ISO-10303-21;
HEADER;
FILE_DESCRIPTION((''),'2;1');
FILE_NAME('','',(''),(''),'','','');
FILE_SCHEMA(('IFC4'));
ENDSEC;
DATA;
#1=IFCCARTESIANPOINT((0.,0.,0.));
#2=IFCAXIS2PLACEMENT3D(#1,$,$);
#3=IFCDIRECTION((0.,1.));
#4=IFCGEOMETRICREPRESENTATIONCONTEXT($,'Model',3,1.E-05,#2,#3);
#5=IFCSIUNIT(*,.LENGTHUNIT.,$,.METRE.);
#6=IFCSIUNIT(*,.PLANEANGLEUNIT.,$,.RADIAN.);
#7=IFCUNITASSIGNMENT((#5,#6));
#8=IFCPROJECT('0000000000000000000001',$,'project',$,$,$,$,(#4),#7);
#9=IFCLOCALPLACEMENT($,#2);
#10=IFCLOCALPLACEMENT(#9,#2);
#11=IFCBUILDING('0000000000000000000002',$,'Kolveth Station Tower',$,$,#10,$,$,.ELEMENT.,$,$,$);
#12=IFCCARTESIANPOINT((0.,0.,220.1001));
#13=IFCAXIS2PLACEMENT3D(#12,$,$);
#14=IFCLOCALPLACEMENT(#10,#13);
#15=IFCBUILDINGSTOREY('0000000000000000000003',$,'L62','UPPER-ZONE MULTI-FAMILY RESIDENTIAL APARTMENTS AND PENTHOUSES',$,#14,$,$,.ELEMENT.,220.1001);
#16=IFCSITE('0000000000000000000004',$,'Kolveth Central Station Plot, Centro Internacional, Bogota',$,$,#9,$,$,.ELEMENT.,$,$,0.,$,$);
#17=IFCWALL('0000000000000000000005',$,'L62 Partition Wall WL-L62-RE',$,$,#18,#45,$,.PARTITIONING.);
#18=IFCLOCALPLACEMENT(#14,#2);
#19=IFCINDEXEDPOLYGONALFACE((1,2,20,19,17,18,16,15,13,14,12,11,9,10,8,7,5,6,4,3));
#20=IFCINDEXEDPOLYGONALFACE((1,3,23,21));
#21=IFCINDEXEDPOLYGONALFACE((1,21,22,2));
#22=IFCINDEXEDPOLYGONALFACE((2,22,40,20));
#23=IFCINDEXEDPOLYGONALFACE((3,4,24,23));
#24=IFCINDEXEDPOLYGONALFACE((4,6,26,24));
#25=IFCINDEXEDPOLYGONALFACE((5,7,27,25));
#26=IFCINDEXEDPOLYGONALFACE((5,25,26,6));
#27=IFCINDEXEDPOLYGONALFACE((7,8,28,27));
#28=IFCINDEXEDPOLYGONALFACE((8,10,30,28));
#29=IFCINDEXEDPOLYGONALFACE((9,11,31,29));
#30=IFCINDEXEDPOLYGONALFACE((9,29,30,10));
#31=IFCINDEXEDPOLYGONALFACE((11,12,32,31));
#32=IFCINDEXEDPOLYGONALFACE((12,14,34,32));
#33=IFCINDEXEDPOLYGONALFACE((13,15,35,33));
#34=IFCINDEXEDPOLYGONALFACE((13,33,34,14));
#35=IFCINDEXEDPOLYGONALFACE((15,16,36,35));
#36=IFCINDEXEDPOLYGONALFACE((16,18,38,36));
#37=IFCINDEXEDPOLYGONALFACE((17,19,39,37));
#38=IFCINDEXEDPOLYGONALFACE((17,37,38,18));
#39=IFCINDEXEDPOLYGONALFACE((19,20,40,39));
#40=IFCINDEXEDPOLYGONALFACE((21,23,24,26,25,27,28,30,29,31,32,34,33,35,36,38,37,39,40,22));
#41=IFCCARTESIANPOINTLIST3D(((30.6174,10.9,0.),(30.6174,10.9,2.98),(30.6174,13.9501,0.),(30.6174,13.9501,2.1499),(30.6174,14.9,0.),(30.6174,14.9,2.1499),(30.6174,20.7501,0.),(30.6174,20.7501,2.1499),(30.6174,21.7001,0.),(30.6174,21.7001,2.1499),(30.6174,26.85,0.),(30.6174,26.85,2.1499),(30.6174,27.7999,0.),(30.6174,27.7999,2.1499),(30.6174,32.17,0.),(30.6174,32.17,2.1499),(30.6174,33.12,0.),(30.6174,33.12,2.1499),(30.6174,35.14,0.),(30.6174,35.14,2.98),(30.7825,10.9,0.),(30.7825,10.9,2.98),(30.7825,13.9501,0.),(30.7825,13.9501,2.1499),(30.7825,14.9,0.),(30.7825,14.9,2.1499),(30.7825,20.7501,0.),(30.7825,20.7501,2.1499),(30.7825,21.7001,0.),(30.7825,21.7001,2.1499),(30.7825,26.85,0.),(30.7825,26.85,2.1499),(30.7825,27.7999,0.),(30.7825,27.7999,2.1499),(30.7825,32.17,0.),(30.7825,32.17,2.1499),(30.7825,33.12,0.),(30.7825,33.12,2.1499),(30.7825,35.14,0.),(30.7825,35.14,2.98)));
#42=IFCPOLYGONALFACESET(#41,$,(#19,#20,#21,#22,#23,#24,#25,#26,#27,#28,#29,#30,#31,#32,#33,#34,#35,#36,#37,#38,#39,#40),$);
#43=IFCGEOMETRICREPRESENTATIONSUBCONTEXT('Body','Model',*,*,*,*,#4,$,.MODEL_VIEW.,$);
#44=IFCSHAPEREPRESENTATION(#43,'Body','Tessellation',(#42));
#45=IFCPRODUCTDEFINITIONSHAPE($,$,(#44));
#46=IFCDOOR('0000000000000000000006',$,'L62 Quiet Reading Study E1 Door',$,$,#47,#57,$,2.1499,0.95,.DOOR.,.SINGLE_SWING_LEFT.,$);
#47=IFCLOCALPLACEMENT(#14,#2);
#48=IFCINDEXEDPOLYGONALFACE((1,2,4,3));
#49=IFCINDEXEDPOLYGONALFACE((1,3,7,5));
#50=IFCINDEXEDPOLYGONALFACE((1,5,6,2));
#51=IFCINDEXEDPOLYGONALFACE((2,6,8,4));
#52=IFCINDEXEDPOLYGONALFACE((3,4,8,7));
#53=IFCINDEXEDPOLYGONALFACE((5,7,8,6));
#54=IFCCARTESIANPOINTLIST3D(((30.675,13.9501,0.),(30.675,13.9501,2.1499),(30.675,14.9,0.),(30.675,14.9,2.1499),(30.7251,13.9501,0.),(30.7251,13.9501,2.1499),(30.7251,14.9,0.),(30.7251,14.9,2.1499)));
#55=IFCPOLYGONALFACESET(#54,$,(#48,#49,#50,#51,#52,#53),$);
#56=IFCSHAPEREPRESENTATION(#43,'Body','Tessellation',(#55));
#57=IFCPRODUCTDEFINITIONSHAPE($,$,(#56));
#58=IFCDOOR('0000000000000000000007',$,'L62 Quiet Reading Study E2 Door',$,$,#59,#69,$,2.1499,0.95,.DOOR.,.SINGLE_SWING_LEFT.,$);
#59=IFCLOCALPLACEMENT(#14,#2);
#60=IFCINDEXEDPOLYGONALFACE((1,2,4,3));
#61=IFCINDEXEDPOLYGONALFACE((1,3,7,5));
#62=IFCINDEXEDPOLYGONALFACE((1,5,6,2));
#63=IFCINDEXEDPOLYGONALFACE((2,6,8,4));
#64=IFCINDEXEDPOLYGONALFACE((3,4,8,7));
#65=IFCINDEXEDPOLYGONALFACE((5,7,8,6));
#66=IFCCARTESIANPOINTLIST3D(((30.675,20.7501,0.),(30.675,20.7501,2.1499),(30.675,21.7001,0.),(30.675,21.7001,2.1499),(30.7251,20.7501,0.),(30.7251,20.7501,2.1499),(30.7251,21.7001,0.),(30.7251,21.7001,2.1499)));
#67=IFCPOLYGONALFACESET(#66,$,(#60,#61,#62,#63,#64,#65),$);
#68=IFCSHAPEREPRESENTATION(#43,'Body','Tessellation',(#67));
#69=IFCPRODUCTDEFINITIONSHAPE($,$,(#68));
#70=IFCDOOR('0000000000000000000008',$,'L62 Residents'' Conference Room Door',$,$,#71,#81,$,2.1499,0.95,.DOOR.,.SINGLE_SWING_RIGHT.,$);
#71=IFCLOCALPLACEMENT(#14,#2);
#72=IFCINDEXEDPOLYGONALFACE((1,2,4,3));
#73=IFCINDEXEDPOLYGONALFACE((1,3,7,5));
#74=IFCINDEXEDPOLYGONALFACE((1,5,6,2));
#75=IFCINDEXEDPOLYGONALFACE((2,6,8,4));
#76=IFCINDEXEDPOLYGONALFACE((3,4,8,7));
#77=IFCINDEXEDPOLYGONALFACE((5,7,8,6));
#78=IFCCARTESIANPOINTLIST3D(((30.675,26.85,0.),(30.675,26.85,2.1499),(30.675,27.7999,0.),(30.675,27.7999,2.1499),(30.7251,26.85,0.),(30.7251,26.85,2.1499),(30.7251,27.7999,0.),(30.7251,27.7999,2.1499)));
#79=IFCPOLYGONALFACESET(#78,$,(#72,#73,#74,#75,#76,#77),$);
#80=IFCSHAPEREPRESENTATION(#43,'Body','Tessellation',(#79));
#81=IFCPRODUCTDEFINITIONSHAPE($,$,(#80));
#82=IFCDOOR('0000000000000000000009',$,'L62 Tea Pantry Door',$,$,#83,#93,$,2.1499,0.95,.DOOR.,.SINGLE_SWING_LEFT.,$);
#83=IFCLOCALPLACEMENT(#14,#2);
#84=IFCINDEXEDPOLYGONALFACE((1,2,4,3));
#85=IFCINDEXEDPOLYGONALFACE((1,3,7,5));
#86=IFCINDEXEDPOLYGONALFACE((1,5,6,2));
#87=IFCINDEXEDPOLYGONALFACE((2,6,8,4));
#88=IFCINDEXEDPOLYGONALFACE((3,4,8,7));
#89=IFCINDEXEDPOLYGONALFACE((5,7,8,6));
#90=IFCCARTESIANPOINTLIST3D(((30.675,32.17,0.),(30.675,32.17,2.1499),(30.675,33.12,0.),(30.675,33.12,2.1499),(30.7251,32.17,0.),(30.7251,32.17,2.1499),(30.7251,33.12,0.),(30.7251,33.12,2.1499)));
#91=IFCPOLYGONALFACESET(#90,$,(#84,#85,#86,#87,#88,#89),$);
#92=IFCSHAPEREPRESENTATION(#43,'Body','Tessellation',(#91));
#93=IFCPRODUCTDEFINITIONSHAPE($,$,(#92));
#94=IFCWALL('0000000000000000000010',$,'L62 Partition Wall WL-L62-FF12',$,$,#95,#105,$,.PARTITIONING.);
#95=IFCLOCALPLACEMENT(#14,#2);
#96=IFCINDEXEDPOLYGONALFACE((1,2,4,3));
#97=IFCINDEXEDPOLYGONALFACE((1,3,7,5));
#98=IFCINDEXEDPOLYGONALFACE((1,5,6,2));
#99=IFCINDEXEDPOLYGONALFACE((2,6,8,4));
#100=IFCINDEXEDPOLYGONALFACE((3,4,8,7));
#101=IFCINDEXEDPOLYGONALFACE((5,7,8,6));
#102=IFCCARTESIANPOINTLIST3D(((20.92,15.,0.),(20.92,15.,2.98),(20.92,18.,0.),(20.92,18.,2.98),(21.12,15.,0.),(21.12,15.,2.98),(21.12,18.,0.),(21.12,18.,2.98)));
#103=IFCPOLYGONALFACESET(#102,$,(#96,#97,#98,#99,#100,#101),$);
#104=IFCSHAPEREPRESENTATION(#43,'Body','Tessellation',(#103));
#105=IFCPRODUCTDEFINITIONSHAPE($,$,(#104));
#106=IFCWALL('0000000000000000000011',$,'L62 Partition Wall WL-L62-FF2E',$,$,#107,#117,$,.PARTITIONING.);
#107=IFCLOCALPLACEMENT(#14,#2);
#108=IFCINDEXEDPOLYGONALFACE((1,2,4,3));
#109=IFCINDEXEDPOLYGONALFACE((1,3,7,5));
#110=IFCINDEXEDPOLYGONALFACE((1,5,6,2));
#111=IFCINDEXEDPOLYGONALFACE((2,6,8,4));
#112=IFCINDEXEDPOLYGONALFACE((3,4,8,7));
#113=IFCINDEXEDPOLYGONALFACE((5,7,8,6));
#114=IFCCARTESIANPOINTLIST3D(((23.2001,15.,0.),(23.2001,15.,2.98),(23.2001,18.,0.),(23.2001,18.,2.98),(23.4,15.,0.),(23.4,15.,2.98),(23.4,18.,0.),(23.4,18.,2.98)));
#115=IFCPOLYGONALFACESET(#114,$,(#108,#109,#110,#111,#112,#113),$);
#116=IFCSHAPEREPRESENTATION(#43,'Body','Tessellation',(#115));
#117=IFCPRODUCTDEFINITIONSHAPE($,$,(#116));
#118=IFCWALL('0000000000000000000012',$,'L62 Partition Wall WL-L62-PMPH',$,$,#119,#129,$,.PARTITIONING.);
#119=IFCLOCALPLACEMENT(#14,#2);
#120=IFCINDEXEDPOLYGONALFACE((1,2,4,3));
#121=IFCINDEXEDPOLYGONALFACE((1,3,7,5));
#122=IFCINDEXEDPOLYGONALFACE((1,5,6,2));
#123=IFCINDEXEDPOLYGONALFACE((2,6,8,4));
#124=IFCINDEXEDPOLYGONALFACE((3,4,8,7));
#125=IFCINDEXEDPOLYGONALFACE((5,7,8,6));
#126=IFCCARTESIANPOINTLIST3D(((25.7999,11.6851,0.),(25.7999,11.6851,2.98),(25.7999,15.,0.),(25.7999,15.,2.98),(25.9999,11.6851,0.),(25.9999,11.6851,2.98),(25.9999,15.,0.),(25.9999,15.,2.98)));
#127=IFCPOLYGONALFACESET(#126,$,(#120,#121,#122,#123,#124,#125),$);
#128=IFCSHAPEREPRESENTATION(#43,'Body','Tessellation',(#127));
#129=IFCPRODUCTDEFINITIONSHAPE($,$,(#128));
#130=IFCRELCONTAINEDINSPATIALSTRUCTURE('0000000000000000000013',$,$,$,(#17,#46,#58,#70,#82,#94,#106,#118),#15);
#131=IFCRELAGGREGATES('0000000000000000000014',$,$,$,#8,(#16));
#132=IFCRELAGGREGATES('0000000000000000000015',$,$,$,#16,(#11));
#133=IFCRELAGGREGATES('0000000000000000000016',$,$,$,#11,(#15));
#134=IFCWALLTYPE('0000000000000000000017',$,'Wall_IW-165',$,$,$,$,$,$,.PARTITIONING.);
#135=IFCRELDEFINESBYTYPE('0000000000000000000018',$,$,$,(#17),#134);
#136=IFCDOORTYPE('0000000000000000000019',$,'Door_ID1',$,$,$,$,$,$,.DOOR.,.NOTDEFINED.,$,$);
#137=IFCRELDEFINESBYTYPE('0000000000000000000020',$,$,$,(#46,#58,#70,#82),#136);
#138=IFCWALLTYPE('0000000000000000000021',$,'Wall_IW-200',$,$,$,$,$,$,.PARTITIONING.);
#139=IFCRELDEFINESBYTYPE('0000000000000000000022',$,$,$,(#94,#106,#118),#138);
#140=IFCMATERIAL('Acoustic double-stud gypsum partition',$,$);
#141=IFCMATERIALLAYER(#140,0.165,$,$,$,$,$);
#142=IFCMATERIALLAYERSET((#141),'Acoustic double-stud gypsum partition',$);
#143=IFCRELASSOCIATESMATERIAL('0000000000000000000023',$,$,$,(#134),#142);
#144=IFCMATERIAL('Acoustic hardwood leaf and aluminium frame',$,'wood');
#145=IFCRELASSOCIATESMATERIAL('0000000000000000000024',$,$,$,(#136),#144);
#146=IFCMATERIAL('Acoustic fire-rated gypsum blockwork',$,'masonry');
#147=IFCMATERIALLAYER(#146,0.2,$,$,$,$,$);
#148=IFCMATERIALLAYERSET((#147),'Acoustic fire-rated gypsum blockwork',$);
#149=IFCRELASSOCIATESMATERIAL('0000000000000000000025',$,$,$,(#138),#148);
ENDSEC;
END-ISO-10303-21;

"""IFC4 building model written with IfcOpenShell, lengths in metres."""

from ifc_helpers import new_model, si_unit, direction, frame, frame_2d, origin, place, context, subcontext, project, spatial, rectangle, extrude, material, layer, layer_set, type_object, element, fill, save


model = new_model("IFC4")

# Units and contexts
model_context = context("Model", 3, precision=1e-05, world=origin(), true_north=direction((0.0, 1.0)))
body_context = subcontext(model_context, "Body", "Model", "MODEL_VIEW")
ifc_project = project(units=[si_unit("LENGTHUNIT", "METRE"), si_unit("PLANEANGLEUNIT", "RADIAN")], contexts=[model_context])

# Site, building, storey
site_placement = place(None, origin())
site = spatial("IfcSite", under=ifc_project, at=site_placement, Name="Kolveth Central Station Plot, Centro Internacional, Bogota", CompositionType="ELEMENT", RefElevation=0.0)
building_placement = place(site_placement, origin())
building = spatial("IfcBuilding", under=site, at=building_placement, Name="Kolveth Station Tower", CompositionType="ELEMENT")
storey_placement = place(building_placement, frame((0.0, 0.0, 220.1001)))
storey = spatial("IfcBuildingStorey", under=building, at=storey_placement, Name="L62", Description="UPPER-ZONE MULTI-FAMILY RESIDENTIAL APARTMENTS AND PENTHOUSES", CompositionType="ELEMENT", Elevation=220.1001)

# Shared definitions
ifc_material_1 = material(Name="Acoustic double-stud gypsum partition")
ifc_layer_1 = layer(ifc_material_1, 0.165)
ifc_layer_set_1 = layer_set([ifc_layer_1], Name="Acoustic double-stud gypsum partition")
wall_type_1 = type_object("IfcWallType", Name="Wall_IW-165", PredefinedType="PARTITIONING", material=ifc_layer_set_1)

# Wall, openings, doors
wall_1_placement = place(storey_placement, frame((30.7, 10.8999, 0.0), z_axis=(0.0, 0.0, 1.0), x_axis=(0.0, 1.0, 0.0)))
wall_1 = element("IfcWall", 1, at=wall_1_placement, inside=storey, type_object=wall_type_1, Name="L62 Partition Wall WL-L62-RE", PredefinedType="PARTITIONING", context=body_context, shape_type="SweptSolid", body=[
    extrude(rectangle(XDim=24.24, YDim=0.165, at=frame_2d((12.1201, 0.0))), origin(), (0.0, 0.0, 1.0), 2.98),
])
opening_1_placement = place(wall_1_placement, frame((3.05, 0.0, 0.0)))
opening_1 = element("IfcOpeningElement", 2, at=opening_1_placement, cuts=wall_1, PredefinedType="OPENING", context=body_context, shape_type="SweptSolid", body=[
    extrude(rectangle(XDim=0.95, YDim=2.1499, at=frame_2d((0.4751, 1.075))), frame((0.0, 0.0925, 0.0), z_axis=(0.0, -1.0, 0.0), x_axis=(1.0, 0.0, 0.0)), (0.0, 0.0, 1.0), 0.1851),
])
opening_2_placement = place(wall_1_placement, frame((9.8501, 0.0, 0.0)))
opening_2 = element("IfcOpeningElement", 3, at=opening_2_placement, cuts=wall_1, PredefinedType="OPENING", context=body_context, shape_type="SweptSolid", body=[
    extrude(rectangle(XDim=0.95, YDim=2.1499, at=frame_2d((0.4751, 1.075))), frame((0.0, 0.0925, 0.0), z_axis=(0.0, -1.0, 0.0), x_axis=(1.0, 0.0, 0.0)), (0.0, 0.0, 1.0), 0.1851),
])
opening_3_placement = place(wall_1_placement, frame((15.95, 0.0, 0.0)))
opening_3 = element("IfcOpeningElement", 4, at=opening_3_placement, cuts=wall_1, PredefinedType="OPENING", context=body_context, shape_type="SweptSolid", body=[
    extrude(rectangle(XDim=0.95, YDim=2.1499, at=frame_2d((0.4751, 1.075))), frame((0.0, 0.0925, 0.0), z_axis=(0.0, -1.0, 0.0), x_axis=(1.0, 0.0, 0.0)), (0.0, 0.0, 1.0), 0.1851),
])
opening_4_placement = place(wall_1_placement, frame((21.27, 0.0, 0.0)))
opening_4 = element("IfcOpeningElement", 5, at=opening_4_placement, cuts=wall_1, PredefinedType="OPENING", context=body_context, shape_type="SweptSolid", body=[
    extrude(rectangle(XDim=0.95, YDim=2.1499, at=frame_2d((0.4751, 1.075))), frame((0.0, 0.0925, 0.0), z_axis=(0.0, -1.0, 0.0), x_axis=(1.0, 0.0, 0.0)), (0.0, 0.0, 1.0), 0.1851),
])
ifc_material_2 = material(Name="Acoustic hardwood leaf and aluminium frame", Category="wood")
door_type_1 = type_object("IfcDoorType", Name="Door_ID1", OperationType="NOTDEFINED", PredefinedType="DOOR", material=ifc_material_2)
door_1_placement = place(opening_1_placement, origin())
door_1 = element("IfcDoor", 6, at=door_1_placement, inside=storey, type_object=door_type_1, Name="L62 Quiet Reading Study E1 Door", OperationType="SINGLE_SWING_LEFT", OverallHeight=2.1499, OverallWidth=0.95, PredefinedType="DOOR", context=body_context, shape_type="SweptSolid", body=[
    extrude(rectangle(XDim=0.95, YDim=2.1499, at=frame_2d((0.4751, 1.075))), frame((0.0, 0.0249, 0.0), z_axis=(0.0, -1.0, 0.0), x_axis=(1.0, 0.0, 0.0)), (0.0, 0.0, 1.0), 0.05),
])
fill(opening_1, door_1)
door_2_placement = place(opening_2_placement, origin())
door_2 = element("IfcDoor", 7, at=door_2_placement, inside=storey, type_object=door_type_1, Name="L62 Quiet Reading Study E2 Door", OperationType="SINGLE_SWING_LEFT", OverallHeight=2.1499, OverallWidth=0.95, PredefinedType="DOOR", context=body_context, shape_type="SweptSolid", body=[
    extrude(rectangle(XDim=0.95, YDim=2.1499, at=frame_2d((0.4751, 1.075))), frame((0.0, 0.0249, 0.0), z_axis=(0.0, -1.0, 0.0), x_axis=(1.0, 0.0, 0.0)), (0.0, 0.0, 1.0), 0.05),
])
fill(opening_2, door_2)
door_3_placement = place(opening_3_placement, origin())
door_3 = element("IfcDoor", 8, at=door_3_placement, inside=storey, type_object=door_type_1, Name="L62 Residents' Conference Room Door", OperationType="SINGLE_SWING_RIGHT", OverallHeight=2.1499, OverallWidth=0.95, PredefinedType="DOOR", context=body_context, shape_type="SweptSolid", body=[
    extrude(rectangle(XDim=0.95, YDim=2.1499, at=frame_2d((0.4751, 1.075))), frame((0.0, 0.0249, 0.0), z_axis=(0.0, -1.0, 0.0), x_axis=(1.0, 0.0, 0.0)), (0.0, 0.0, 1.0), 0.05),
])
fill(opening_3, door_3)
door_4_placement = place(opening_4_placement, origin())
door_4 = element("IfcDoor", 9, at=door_4_placement, inside=storey, type_object=door_type_1, Name="L62 Tea Pantry Door", OperationType="SINGLE_SWING_LEFT", OverallHeight=2.1499, OverallWidth=0.95, PredefinedType="DOOR", context=body_context, shape_type="SweptSolid", body=[
    extrude(rectangle(XDim=0.95, YDim=2.1499, at=frame_2d((0.4751, 1.075))), frame((0.0, 0.0249, 0.0), z_axis=(0.0, -1.0, 0.0), x_axis=(1.0, 0.0, 0.0)), (0.0, 0.0, 1.0), 0.05),
])
fill(opening_4, door_4)

# Walls
ifc_material_3 = material(Name="Acoustic fire-rated gypsum blockwork", Category="masonry")
ifc_layer_2 = layer(ifc_material_3, 0.2)
ifc_layer_set_2 = layer_set([ifc_layer_2], Name="Acoustic fire-rated gypsum blockwork")
wall_type_2 = type_object("IfcWallType", Name="Wall_IW-200", PredefinedType="PARTITIONING", material=ifc_layer_set_2)
for number, where, z_axis, x_axis, name in (
    (10, (21.02, 15.0, 0.0), (0.0, 0.0, 1.0), (0.0, 1.0, 0.0), "L62 Partition Wall WL-L62-FF12"),
    (11, (23.3, 15.0, 0.0), (0.0, 0.0, 1.0), (0.0, 1.0, 0.0), "L62 Partition Wall WL-L62-FF2E"),
):
    element("IfcWall", number, at=place(storey_placement, frame(where, z_axis=z_axis, x_axis=x_axis)), inside=storey, type_object=wall_type_2, Name=name, PredefinedType="PARTITIONING", context=body_context, shape_type="SweptSolid", body=[
        extrude(rectangle(XDim=3.0, YDim=0.2, at=frame_2d((1.5, 0.0))), origin(), (0.0, 0.0, 1.0), 2.98),
    ])
wall_2_placement = place(storey_placement, frame((25.8999, 11.6851, 0.0), z_axis=(0.0, 0.0, 1.0), x_axis=(0.0, 1.0, 0.0)))
element("IfcWall", 12, at=wall_2_placement, inside=storey, type_object=wall_type_2, Name="L62 Partition Wall WL-L62-PMPH", PredefinedType="PARTITIONING", context=body_context, shape_type="SweptSolid", body=[
    extrude(rectangle(XDim=3.3149, YDim=0.2, at=frame_2d((1.6575, 0.0))), origin(), (0.0, 0.0, 1.0), 2.98),
])

save(model, "model.ifc")
